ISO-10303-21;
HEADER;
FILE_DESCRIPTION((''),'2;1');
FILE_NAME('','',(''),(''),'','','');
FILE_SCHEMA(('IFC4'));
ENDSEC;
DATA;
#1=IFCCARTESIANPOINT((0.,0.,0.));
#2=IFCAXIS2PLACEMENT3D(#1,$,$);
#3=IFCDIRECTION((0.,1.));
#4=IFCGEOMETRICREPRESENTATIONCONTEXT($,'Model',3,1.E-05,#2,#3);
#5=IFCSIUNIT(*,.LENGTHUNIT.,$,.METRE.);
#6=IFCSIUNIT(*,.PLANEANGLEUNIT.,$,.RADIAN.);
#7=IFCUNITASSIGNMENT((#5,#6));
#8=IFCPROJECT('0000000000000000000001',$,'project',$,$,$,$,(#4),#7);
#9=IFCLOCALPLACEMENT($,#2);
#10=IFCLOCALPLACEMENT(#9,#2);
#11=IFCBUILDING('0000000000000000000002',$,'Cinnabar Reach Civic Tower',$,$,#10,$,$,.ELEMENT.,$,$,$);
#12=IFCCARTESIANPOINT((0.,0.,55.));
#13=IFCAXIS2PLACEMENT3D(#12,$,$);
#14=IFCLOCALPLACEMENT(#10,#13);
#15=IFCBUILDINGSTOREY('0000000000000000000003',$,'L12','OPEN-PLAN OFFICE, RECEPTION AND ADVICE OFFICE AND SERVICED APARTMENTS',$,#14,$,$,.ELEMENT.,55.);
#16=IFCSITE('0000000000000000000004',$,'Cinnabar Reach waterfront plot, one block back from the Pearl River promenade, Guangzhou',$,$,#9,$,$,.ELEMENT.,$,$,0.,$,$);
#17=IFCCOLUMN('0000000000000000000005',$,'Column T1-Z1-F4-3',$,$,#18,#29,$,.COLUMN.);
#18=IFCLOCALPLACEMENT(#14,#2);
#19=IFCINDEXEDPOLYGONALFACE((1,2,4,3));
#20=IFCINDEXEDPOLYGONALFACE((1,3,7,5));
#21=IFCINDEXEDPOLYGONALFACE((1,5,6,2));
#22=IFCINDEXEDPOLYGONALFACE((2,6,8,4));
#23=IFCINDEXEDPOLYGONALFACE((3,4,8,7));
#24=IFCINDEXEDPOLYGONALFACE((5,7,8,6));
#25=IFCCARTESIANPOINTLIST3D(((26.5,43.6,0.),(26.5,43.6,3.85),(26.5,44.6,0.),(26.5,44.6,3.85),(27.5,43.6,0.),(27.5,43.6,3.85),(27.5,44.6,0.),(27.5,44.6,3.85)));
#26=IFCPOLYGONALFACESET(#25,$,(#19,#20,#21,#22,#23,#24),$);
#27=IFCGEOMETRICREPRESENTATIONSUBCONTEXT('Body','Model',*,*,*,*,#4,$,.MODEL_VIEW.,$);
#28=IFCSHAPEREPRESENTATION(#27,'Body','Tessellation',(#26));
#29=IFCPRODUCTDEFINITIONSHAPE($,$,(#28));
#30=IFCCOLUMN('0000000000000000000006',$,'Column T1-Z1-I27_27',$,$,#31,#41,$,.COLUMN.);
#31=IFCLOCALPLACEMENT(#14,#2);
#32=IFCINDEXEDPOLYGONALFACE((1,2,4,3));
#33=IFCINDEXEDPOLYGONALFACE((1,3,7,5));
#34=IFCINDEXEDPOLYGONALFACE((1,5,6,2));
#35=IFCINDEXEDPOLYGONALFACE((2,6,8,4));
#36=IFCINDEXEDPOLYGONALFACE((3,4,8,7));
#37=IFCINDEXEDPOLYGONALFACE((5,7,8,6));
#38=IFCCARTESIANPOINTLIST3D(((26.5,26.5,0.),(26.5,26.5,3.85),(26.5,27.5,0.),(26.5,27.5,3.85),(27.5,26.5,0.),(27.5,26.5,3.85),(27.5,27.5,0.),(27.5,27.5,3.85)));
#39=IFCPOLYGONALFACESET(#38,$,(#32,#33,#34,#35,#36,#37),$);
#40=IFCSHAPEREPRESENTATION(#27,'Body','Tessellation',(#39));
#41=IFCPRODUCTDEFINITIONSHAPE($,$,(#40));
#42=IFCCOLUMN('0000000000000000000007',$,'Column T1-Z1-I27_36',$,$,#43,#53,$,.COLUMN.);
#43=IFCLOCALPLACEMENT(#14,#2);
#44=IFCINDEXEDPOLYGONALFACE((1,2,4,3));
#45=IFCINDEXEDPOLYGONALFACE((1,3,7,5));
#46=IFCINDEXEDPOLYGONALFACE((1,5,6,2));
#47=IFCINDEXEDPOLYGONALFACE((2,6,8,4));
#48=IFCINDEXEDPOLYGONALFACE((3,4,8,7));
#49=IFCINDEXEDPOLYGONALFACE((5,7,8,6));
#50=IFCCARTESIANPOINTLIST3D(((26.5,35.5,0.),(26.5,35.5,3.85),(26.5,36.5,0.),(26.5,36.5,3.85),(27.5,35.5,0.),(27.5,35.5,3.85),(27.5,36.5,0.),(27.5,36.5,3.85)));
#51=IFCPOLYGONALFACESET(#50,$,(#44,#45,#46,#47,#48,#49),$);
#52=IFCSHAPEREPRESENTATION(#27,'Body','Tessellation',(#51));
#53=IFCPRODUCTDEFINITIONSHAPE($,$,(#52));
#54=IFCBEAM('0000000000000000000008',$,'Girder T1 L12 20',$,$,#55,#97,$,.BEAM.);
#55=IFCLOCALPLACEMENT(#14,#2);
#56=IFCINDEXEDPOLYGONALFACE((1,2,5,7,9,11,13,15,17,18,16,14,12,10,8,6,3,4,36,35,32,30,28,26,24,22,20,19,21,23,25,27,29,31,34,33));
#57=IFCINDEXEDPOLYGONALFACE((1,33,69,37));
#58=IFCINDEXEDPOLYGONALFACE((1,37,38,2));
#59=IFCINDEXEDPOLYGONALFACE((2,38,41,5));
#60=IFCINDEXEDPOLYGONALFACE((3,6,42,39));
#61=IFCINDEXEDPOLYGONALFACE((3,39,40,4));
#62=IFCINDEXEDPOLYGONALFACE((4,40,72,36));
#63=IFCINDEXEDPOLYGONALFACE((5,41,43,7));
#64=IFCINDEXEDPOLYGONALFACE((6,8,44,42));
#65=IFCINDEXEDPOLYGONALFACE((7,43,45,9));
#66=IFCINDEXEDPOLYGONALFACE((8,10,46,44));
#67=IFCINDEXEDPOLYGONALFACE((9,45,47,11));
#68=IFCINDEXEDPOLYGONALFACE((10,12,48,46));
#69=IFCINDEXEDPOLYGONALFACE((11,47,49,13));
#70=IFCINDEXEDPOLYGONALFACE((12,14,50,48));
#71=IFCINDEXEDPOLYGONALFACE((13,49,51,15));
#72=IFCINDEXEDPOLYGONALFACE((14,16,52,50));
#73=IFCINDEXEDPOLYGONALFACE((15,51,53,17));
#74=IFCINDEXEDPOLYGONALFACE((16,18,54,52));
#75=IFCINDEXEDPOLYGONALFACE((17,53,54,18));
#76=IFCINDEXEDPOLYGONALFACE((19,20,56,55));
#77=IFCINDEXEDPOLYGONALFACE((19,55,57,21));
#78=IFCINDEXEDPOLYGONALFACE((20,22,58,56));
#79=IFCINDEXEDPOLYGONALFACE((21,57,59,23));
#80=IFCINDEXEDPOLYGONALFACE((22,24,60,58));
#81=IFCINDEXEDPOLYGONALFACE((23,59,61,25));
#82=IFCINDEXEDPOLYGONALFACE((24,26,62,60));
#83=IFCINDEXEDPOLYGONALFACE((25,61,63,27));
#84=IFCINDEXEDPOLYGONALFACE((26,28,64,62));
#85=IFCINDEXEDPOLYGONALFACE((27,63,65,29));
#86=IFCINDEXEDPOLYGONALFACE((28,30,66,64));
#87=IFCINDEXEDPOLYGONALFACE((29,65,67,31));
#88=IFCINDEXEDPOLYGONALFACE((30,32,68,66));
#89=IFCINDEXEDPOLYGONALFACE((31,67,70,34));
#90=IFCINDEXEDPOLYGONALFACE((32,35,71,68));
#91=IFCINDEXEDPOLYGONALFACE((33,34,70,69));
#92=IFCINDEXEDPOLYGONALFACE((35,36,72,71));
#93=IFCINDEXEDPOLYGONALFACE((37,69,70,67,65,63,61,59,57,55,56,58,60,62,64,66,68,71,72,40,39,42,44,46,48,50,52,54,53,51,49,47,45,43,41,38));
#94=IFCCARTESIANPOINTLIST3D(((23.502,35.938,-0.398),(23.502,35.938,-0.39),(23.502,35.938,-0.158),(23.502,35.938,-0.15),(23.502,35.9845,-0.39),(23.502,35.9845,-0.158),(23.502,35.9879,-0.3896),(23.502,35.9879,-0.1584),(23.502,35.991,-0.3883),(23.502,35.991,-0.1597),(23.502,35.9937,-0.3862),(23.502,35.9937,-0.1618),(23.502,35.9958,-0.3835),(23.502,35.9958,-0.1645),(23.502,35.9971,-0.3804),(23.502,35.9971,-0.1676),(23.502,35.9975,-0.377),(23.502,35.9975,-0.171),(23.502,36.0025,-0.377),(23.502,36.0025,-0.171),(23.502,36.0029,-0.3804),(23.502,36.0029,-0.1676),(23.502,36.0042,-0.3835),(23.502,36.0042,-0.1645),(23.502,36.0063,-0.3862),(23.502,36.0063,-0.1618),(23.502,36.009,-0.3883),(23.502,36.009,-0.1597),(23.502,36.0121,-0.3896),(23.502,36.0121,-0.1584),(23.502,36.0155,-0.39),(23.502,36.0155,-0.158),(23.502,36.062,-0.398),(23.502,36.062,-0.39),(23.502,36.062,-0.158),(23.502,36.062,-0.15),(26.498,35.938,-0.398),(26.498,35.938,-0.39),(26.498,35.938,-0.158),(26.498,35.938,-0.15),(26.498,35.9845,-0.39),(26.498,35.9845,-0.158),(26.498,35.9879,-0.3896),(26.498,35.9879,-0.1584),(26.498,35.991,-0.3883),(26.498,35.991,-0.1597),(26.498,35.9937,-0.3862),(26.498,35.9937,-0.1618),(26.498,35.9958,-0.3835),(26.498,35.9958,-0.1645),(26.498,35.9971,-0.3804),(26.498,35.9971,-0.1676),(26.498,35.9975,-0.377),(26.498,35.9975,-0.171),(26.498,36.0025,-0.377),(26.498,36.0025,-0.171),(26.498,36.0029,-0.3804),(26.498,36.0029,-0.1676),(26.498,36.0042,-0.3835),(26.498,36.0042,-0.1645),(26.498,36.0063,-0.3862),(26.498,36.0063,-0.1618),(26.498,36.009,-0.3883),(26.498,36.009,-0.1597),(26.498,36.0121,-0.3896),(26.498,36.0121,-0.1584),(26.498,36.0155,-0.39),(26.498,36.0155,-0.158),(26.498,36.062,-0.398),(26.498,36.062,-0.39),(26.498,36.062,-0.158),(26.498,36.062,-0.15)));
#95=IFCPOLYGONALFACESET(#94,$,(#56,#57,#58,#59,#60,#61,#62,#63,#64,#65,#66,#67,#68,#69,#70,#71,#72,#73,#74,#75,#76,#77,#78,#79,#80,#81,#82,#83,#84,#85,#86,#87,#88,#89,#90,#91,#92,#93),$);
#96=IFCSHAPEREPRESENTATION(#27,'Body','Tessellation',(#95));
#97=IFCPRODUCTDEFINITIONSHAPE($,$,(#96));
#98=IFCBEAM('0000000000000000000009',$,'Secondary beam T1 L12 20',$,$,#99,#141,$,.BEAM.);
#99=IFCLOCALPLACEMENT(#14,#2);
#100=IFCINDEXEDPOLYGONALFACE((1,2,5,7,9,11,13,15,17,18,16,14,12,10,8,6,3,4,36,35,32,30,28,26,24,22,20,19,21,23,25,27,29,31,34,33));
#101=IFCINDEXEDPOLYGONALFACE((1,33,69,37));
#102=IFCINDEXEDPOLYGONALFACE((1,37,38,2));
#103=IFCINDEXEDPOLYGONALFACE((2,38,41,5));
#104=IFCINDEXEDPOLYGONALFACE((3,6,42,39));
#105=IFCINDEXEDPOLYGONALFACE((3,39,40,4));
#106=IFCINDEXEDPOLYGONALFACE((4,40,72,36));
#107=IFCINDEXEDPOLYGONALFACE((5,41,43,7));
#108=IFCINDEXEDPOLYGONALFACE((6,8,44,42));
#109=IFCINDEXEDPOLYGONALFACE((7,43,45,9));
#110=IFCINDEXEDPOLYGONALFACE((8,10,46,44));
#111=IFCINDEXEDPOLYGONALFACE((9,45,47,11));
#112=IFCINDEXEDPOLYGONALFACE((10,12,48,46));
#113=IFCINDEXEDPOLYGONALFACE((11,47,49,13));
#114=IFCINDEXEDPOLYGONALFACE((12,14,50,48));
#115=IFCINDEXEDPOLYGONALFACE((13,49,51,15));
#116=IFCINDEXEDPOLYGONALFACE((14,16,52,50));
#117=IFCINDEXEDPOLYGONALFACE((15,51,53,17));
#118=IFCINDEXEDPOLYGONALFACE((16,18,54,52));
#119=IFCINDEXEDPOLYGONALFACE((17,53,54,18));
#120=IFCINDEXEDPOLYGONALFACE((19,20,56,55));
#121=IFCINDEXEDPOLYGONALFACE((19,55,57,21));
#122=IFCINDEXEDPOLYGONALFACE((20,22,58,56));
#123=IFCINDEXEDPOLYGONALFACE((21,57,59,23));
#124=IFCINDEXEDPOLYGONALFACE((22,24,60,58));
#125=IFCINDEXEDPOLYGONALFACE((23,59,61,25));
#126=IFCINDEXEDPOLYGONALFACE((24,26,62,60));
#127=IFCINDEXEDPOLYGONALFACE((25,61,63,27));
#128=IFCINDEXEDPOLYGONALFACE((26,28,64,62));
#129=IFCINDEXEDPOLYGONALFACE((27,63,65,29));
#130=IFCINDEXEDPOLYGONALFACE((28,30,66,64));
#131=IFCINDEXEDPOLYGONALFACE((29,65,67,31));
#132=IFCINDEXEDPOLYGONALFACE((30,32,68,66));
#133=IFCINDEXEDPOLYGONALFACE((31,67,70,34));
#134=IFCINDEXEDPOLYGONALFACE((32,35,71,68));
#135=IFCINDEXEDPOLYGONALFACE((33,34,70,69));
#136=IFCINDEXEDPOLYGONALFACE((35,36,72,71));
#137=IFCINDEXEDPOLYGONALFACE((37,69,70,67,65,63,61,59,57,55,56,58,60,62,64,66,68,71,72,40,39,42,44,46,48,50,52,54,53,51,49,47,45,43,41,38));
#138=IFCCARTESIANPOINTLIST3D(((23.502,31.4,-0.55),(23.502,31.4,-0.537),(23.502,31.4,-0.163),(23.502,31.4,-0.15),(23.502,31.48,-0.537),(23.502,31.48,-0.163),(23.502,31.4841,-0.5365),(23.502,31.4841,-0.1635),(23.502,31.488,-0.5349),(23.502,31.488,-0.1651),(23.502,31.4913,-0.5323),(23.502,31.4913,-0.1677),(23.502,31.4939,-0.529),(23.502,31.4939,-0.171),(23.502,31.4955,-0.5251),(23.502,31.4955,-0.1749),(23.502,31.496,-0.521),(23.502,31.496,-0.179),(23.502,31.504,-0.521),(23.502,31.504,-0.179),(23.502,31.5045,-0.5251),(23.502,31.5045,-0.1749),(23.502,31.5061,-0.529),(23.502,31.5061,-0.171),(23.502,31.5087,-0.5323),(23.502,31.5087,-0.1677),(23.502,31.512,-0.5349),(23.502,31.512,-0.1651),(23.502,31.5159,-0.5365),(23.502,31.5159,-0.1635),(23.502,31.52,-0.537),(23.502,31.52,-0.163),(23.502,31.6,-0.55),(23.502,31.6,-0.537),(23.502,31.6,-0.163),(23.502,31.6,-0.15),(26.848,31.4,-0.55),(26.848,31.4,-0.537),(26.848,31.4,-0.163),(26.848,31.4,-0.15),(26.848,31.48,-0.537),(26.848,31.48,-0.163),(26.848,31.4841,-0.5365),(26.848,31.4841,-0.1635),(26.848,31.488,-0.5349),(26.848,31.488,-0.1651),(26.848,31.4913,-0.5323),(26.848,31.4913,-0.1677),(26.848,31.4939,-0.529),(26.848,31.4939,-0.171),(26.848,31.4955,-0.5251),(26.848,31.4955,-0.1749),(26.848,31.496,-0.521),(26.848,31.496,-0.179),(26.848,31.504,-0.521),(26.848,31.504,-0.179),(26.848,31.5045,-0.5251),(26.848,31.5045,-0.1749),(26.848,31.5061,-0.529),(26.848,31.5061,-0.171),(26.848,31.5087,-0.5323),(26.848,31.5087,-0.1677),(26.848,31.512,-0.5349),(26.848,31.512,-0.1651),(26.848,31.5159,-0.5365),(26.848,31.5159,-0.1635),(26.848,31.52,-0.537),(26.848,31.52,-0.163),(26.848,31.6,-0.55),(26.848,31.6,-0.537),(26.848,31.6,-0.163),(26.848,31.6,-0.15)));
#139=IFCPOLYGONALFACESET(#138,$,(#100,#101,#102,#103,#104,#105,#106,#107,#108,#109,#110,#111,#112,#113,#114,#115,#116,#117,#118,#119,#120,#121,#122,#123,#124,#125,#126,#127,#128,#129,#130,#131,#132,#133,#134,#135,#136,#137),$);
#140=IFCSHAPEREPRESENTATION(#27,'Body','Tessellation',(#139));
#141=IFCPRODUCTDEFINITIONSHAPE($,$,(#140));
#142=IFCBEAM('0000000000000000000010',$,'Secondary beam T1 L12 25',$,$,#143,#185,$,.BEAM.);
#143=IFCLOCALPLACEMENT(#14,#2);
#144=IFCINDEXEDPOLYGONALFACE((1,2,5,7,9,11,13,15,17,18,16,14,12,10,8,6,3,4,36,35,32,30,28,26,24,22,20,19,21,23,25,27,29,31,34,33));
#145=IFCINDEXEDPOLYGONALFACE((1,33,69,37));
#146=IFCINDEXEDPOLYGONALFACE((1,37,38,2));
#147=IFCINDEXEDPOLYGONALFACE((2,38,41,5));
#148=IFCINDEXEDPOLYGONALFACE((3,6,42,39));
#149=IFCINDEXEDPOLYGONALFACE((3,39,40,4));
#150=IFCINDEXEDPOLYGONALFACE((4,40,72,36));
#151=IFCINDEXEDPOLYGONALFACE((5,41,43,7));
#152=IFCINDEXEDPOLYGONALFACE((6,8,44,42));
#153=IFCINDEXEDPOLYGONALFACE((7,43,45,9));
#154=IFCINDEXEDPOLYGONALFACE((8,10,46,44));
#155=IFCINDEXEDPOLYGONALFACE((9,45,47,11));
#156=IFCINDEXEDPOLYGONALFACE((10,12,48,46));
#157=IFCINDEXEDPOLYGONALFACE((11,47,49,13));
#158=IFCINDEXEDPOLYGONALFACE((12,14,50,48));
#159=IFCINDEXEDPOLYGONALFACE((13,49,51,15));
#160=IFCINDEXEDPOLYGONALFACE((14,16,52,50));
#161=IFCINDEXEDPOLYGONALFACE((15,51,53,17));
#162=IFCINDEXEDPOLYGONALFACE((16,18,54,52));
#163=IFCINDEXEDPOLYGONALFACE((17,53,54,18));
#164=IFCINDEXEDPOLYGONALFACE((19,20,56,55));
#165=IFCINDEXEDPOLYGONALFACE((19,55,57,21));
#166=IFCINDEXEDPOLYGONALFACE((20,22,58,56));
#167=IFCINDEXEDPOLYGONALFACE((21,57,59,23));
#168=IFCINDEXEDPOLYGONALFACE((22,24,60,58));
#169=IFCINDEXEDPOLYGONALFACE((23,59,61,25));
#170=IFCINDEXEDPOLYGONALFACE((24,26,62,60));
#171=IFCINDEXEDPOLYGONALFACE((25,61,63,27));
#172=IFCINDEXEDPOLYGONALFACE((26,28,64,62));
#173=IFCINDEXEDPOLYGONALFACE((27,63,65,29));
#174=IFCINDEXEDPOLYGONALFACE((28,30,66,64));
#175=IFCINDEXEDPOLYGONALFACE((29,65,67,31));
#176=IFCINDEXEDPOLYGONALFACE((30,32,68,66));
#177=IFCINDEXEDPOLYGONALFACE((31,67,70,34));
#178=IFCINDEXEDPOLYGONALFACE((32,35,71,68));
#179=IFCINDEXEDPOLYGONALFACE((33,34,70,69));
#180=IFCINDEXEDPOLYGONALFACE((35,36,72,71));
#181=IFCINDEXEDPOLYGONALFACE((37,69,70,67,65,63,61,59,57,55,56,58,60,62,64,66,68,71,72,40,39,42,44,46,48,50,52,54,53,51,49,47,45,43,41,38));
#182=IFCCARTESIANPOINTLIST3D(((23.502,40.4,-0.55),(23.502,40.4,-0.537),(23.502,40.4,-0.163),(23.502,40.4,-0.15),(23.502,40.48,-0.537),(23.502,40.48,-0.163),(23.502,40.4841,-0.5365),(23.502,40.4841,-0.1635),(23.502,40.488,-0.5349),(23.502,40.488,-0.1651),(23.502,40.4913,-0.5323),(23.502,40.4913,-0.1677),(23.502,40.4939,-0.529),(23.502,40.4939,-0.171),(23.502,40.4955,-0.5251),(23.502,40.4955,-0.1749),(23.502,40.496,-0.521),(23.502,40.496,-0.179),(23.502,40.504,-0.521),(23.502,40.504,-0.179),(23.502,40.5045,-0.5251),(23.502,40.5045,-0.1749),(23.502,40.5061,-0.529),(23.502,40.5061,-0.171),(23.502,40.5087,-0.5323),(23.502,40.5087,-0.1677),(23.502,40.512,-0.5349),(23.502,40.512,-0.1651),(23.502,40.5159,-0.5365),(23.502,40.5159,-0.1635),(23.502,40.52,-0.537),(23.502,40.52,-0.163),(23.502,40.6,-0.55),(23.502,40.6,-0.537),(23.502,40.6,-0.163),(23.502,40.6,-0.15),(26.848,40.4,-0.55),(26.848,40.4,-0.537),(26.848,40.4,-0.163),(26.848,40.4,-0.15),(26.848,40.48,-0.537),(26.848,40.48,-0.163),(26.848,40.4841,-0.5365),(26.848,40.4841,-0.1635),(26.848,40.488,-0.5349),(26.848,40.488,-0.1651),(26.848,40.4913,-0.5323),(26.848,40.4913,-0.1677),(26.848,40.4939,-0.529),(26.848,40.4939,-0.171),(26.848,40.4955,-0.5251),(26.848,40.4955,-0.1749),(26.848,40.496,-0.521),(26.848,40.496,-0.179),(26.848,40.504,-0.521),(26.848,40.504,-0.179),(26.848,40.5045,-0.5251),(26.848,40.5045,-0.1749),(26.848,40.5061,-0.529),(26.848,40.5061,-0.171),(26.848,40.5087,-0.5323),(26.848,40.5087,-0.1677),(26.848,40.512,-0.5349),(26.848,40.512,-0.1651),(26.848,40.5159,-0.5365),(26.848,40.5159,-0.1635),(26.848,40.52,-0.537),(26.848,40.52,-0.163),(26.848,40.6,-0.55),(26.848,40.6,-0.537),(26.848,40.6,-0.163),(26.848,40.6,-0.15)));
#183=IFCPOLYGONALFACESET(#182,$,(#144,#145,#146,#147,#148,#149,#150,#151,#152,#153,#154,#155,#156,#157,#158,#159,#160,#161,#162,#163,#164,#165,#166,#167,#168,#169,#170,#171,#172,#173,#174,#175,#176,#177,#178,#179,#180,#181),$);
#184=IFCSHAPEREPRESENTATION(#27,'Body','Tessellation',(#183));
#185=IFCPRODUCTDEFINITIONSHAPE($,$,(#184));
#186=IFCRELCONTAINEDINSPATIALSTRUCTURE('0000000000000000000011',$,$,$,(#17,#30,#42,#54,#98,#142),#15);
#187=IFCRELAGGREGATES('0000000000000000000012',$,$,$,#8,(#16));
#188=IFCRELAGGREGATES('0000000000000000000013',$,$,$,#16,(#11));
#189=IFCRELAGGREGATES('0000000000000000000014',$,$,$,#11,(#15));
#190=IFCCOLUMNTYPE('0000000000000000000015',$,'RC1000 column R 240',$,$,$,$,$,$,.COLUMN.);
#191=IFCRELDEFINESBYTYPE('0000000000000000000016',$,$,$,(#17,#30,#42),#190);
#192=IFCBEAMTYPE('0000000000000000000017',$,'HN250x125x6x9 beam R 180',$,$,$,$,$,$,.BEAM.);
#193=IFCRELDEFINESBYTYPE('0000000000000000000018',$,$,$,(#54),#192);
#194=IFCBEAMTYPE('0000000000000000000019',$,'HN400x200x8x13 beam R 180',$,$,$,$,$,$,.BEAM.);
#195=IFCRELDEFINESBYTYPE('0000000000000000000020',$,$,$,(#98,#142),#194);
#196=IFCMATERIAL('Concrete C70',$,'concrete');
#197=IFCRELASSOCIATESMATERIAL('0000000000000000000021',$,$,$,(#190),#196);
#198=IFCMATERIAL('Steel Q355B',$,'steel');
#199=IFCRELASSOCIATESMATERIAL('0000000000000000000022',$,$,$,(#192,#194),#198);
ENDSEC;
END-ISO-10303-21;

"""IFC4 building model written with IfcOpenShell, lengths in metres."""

from ifc_helpers import new_model, si_unit, direction, frame, origin, origin_2d, place, context, subcontext, project, spatial, rectangle, i_section, extrude, material, material_profile, profile_set, type_object, element, save


model = new_model("IFC4")

# Units and contexts
model_context = context("Model", 3, precision=1e-05, world=origin(), true_north=direction((0.0, 1.0)))
body_context = subcontext(model_context, "Body", "Model", "MODEL_VIEW")
ifc_project = project(units=[si_unit("LENGTHUNIT", "METRE"), si_unit("PLANEANGLEUNIT", "RADIAN")], contexts=[model_context])

# Site, building, storey
site_placement = place(None, origin())
site = spatial("IfcSite", under=ifc_project, at=site_placement, Name="Cinnabar Reach waterfront plot, one block back from the Pearl River promenade, Guangzhou", CompositionType="ELEMENT", RefElevation=0.0)
building_placement = place(site_placement, origin())
building = spatial("IfcBuilding", under=site, at=building_placement, Name="Cinnabar Reach Civic Tower", CompositionType="ELEMENT")
storey_placement = place(building_placement, frame((0.0, 0.0, 55.0)))
storey = spatial("IfcBuildingStorey", under=building, at=storey_placement, Name="L12", Description="OPEN-PLAN OFFICE, RECEPTION AND ADVICE OFFICE AND SERVICED APARTMENTS", CompositionType="ELEMENT", Elevation=55.0)

# Columns
ifc_material_1 = material(Name="Concrete C70", Category="concrete")
ifc_material_profile_1 = material_profile(ifc_material_1, rectangle(XDim=1.0, YDim=1.0, at=origin_2d()), Name="RC1000")
ifc_profile_set_1 = profile_set([ifc_material_profile_1], Name="Concrete C70")
column_type = type_object("IfcColumnType", Name="RC1000 column R 240", PredefinedType="COLUMN", material=ifc_profile_set_1)
for number, where, z_axis, x_axis, name in (
    (1, (27.0, 44.1, 0.0), (0.0, 0.0, 1.0), (1.0, 0.0, 0.0), "Column T1-Z1-F4-3"),
    (2, (27.0, 27.0, 0.0), (0.0, 0.0, 1.0), (1.0, 0.0, 0.0), "Column T1-Z1-I27_27"),
    (3, (27.0, 36.0, 0.0), (0.0, 0.0, 1.0), (1.0, 0.0, 0.0), "Column T1-Z1-I27_36"),
):
    element("IfcColumn", number, at=place(storey_placement, frame(where, z_axis=z_axis, x_axis=x_axis)), inside=storey, type_object=column_type, Name=name, PredefinedType="COLUMN", context=body_context, shape_type="SweptSolid", body=[
        extrude(rectangle(XDim=1.0, YDim=1.0, at=origin_2d()), origin(), (0.0, 0.0, 1.0), 3.85),
    ])

# Beams
ifc_material_2 = material(Name="Steel Q355B", Category="steel")
ifc_material_profile_2 = material_profile(ifc_material_2, i_section(OverallWidth=0.124, OverallDepth=0.248, WebThickness=0.005, FlangeThickness=0.008, FilletRadius=0.013, at=origin_2d()), Name="HN250x125x6x9")
ifc_profile_set_2 = profile_set([ifc_material_profile_2], Name="Steel Q355B")
beam_type_1 = type_object("IfcBeamType", Name="HN250x125x6x9 beam R 180", PredefinedType="BEAM", material=ifc_profile_set_2)
beam_1_placement = place(storey_placement, frame((23.502, 36.0, -0.274), z_axis=(1.0, 0.0, 0.0), x_axis=(0.0, 1.0, 0.0)))
element("IfcBeam", 4, at=beam_1_placement, inside=storey, type_object=beam_type_1, Name="Girder T1 L12 20", PredefinedType="BEAM", context=body_context, shape_type="SweptSolid", body=[
    extrude(i_section(OverallWidth=0.124, OverallDepth=0.248, WebThickness=0.005, FlangeThickness=0.008, FilletRadius=0.013, at=origin_2d()), origin(), (0.0, 0.0, 1.0), 2.996),
])
ifc_material_profile_3 = material_profile(ifc_material_2, i_section(OverallWidth=0.2, OverallDepth=0.4, WebThickness=0.008, FlangeThickness=0.013, FilletRadius=0.016, at=origin_2d()), Name="HN400x200x8x13")
ifc_profile_set_3 = profile_set([ifc_material_profile_3], Name="Steel Q355B")
beam_type_2 = type_object("IfcBeamType", Name="HN400x200x8x13 beam R 180", PredefinedType="BEAM", material=ifc_profile_set_3)
for number, where, z_axis, x_axis, name in (
    (5, (23.502, 31.5, -0.35), (1.0, 0.0, 0.0), (0.0, 1.0, 0.0), "Secondary beam T1 L12 20"),
    (6, (23.502, 40.5, -0.35), (1.0, 0.0, 0.0), (0.0, 1.0, 0.0), "Secondary beam T1 L12 25"),
):
    element("IfcBeam", number, at=place(storey_placement, frame(where, z_axis=z_axis, x_axis=x_axis)), inside=storey, type_object=beam_type_2, Name=name, PredefinedType="BEAM", context=body_context, shape_type="SweptSolid", body=[
        extrude(i_section(OverallWidth=0.2, OverallDepth=0.4, WebThickness=0.008, FlangeThickness=0.013, FilletRadius=0.016, at=origin_2d()), origin(), (0.0, 0.0, 1.0), 3.346),
    ])

save(model, "model.ifc")
